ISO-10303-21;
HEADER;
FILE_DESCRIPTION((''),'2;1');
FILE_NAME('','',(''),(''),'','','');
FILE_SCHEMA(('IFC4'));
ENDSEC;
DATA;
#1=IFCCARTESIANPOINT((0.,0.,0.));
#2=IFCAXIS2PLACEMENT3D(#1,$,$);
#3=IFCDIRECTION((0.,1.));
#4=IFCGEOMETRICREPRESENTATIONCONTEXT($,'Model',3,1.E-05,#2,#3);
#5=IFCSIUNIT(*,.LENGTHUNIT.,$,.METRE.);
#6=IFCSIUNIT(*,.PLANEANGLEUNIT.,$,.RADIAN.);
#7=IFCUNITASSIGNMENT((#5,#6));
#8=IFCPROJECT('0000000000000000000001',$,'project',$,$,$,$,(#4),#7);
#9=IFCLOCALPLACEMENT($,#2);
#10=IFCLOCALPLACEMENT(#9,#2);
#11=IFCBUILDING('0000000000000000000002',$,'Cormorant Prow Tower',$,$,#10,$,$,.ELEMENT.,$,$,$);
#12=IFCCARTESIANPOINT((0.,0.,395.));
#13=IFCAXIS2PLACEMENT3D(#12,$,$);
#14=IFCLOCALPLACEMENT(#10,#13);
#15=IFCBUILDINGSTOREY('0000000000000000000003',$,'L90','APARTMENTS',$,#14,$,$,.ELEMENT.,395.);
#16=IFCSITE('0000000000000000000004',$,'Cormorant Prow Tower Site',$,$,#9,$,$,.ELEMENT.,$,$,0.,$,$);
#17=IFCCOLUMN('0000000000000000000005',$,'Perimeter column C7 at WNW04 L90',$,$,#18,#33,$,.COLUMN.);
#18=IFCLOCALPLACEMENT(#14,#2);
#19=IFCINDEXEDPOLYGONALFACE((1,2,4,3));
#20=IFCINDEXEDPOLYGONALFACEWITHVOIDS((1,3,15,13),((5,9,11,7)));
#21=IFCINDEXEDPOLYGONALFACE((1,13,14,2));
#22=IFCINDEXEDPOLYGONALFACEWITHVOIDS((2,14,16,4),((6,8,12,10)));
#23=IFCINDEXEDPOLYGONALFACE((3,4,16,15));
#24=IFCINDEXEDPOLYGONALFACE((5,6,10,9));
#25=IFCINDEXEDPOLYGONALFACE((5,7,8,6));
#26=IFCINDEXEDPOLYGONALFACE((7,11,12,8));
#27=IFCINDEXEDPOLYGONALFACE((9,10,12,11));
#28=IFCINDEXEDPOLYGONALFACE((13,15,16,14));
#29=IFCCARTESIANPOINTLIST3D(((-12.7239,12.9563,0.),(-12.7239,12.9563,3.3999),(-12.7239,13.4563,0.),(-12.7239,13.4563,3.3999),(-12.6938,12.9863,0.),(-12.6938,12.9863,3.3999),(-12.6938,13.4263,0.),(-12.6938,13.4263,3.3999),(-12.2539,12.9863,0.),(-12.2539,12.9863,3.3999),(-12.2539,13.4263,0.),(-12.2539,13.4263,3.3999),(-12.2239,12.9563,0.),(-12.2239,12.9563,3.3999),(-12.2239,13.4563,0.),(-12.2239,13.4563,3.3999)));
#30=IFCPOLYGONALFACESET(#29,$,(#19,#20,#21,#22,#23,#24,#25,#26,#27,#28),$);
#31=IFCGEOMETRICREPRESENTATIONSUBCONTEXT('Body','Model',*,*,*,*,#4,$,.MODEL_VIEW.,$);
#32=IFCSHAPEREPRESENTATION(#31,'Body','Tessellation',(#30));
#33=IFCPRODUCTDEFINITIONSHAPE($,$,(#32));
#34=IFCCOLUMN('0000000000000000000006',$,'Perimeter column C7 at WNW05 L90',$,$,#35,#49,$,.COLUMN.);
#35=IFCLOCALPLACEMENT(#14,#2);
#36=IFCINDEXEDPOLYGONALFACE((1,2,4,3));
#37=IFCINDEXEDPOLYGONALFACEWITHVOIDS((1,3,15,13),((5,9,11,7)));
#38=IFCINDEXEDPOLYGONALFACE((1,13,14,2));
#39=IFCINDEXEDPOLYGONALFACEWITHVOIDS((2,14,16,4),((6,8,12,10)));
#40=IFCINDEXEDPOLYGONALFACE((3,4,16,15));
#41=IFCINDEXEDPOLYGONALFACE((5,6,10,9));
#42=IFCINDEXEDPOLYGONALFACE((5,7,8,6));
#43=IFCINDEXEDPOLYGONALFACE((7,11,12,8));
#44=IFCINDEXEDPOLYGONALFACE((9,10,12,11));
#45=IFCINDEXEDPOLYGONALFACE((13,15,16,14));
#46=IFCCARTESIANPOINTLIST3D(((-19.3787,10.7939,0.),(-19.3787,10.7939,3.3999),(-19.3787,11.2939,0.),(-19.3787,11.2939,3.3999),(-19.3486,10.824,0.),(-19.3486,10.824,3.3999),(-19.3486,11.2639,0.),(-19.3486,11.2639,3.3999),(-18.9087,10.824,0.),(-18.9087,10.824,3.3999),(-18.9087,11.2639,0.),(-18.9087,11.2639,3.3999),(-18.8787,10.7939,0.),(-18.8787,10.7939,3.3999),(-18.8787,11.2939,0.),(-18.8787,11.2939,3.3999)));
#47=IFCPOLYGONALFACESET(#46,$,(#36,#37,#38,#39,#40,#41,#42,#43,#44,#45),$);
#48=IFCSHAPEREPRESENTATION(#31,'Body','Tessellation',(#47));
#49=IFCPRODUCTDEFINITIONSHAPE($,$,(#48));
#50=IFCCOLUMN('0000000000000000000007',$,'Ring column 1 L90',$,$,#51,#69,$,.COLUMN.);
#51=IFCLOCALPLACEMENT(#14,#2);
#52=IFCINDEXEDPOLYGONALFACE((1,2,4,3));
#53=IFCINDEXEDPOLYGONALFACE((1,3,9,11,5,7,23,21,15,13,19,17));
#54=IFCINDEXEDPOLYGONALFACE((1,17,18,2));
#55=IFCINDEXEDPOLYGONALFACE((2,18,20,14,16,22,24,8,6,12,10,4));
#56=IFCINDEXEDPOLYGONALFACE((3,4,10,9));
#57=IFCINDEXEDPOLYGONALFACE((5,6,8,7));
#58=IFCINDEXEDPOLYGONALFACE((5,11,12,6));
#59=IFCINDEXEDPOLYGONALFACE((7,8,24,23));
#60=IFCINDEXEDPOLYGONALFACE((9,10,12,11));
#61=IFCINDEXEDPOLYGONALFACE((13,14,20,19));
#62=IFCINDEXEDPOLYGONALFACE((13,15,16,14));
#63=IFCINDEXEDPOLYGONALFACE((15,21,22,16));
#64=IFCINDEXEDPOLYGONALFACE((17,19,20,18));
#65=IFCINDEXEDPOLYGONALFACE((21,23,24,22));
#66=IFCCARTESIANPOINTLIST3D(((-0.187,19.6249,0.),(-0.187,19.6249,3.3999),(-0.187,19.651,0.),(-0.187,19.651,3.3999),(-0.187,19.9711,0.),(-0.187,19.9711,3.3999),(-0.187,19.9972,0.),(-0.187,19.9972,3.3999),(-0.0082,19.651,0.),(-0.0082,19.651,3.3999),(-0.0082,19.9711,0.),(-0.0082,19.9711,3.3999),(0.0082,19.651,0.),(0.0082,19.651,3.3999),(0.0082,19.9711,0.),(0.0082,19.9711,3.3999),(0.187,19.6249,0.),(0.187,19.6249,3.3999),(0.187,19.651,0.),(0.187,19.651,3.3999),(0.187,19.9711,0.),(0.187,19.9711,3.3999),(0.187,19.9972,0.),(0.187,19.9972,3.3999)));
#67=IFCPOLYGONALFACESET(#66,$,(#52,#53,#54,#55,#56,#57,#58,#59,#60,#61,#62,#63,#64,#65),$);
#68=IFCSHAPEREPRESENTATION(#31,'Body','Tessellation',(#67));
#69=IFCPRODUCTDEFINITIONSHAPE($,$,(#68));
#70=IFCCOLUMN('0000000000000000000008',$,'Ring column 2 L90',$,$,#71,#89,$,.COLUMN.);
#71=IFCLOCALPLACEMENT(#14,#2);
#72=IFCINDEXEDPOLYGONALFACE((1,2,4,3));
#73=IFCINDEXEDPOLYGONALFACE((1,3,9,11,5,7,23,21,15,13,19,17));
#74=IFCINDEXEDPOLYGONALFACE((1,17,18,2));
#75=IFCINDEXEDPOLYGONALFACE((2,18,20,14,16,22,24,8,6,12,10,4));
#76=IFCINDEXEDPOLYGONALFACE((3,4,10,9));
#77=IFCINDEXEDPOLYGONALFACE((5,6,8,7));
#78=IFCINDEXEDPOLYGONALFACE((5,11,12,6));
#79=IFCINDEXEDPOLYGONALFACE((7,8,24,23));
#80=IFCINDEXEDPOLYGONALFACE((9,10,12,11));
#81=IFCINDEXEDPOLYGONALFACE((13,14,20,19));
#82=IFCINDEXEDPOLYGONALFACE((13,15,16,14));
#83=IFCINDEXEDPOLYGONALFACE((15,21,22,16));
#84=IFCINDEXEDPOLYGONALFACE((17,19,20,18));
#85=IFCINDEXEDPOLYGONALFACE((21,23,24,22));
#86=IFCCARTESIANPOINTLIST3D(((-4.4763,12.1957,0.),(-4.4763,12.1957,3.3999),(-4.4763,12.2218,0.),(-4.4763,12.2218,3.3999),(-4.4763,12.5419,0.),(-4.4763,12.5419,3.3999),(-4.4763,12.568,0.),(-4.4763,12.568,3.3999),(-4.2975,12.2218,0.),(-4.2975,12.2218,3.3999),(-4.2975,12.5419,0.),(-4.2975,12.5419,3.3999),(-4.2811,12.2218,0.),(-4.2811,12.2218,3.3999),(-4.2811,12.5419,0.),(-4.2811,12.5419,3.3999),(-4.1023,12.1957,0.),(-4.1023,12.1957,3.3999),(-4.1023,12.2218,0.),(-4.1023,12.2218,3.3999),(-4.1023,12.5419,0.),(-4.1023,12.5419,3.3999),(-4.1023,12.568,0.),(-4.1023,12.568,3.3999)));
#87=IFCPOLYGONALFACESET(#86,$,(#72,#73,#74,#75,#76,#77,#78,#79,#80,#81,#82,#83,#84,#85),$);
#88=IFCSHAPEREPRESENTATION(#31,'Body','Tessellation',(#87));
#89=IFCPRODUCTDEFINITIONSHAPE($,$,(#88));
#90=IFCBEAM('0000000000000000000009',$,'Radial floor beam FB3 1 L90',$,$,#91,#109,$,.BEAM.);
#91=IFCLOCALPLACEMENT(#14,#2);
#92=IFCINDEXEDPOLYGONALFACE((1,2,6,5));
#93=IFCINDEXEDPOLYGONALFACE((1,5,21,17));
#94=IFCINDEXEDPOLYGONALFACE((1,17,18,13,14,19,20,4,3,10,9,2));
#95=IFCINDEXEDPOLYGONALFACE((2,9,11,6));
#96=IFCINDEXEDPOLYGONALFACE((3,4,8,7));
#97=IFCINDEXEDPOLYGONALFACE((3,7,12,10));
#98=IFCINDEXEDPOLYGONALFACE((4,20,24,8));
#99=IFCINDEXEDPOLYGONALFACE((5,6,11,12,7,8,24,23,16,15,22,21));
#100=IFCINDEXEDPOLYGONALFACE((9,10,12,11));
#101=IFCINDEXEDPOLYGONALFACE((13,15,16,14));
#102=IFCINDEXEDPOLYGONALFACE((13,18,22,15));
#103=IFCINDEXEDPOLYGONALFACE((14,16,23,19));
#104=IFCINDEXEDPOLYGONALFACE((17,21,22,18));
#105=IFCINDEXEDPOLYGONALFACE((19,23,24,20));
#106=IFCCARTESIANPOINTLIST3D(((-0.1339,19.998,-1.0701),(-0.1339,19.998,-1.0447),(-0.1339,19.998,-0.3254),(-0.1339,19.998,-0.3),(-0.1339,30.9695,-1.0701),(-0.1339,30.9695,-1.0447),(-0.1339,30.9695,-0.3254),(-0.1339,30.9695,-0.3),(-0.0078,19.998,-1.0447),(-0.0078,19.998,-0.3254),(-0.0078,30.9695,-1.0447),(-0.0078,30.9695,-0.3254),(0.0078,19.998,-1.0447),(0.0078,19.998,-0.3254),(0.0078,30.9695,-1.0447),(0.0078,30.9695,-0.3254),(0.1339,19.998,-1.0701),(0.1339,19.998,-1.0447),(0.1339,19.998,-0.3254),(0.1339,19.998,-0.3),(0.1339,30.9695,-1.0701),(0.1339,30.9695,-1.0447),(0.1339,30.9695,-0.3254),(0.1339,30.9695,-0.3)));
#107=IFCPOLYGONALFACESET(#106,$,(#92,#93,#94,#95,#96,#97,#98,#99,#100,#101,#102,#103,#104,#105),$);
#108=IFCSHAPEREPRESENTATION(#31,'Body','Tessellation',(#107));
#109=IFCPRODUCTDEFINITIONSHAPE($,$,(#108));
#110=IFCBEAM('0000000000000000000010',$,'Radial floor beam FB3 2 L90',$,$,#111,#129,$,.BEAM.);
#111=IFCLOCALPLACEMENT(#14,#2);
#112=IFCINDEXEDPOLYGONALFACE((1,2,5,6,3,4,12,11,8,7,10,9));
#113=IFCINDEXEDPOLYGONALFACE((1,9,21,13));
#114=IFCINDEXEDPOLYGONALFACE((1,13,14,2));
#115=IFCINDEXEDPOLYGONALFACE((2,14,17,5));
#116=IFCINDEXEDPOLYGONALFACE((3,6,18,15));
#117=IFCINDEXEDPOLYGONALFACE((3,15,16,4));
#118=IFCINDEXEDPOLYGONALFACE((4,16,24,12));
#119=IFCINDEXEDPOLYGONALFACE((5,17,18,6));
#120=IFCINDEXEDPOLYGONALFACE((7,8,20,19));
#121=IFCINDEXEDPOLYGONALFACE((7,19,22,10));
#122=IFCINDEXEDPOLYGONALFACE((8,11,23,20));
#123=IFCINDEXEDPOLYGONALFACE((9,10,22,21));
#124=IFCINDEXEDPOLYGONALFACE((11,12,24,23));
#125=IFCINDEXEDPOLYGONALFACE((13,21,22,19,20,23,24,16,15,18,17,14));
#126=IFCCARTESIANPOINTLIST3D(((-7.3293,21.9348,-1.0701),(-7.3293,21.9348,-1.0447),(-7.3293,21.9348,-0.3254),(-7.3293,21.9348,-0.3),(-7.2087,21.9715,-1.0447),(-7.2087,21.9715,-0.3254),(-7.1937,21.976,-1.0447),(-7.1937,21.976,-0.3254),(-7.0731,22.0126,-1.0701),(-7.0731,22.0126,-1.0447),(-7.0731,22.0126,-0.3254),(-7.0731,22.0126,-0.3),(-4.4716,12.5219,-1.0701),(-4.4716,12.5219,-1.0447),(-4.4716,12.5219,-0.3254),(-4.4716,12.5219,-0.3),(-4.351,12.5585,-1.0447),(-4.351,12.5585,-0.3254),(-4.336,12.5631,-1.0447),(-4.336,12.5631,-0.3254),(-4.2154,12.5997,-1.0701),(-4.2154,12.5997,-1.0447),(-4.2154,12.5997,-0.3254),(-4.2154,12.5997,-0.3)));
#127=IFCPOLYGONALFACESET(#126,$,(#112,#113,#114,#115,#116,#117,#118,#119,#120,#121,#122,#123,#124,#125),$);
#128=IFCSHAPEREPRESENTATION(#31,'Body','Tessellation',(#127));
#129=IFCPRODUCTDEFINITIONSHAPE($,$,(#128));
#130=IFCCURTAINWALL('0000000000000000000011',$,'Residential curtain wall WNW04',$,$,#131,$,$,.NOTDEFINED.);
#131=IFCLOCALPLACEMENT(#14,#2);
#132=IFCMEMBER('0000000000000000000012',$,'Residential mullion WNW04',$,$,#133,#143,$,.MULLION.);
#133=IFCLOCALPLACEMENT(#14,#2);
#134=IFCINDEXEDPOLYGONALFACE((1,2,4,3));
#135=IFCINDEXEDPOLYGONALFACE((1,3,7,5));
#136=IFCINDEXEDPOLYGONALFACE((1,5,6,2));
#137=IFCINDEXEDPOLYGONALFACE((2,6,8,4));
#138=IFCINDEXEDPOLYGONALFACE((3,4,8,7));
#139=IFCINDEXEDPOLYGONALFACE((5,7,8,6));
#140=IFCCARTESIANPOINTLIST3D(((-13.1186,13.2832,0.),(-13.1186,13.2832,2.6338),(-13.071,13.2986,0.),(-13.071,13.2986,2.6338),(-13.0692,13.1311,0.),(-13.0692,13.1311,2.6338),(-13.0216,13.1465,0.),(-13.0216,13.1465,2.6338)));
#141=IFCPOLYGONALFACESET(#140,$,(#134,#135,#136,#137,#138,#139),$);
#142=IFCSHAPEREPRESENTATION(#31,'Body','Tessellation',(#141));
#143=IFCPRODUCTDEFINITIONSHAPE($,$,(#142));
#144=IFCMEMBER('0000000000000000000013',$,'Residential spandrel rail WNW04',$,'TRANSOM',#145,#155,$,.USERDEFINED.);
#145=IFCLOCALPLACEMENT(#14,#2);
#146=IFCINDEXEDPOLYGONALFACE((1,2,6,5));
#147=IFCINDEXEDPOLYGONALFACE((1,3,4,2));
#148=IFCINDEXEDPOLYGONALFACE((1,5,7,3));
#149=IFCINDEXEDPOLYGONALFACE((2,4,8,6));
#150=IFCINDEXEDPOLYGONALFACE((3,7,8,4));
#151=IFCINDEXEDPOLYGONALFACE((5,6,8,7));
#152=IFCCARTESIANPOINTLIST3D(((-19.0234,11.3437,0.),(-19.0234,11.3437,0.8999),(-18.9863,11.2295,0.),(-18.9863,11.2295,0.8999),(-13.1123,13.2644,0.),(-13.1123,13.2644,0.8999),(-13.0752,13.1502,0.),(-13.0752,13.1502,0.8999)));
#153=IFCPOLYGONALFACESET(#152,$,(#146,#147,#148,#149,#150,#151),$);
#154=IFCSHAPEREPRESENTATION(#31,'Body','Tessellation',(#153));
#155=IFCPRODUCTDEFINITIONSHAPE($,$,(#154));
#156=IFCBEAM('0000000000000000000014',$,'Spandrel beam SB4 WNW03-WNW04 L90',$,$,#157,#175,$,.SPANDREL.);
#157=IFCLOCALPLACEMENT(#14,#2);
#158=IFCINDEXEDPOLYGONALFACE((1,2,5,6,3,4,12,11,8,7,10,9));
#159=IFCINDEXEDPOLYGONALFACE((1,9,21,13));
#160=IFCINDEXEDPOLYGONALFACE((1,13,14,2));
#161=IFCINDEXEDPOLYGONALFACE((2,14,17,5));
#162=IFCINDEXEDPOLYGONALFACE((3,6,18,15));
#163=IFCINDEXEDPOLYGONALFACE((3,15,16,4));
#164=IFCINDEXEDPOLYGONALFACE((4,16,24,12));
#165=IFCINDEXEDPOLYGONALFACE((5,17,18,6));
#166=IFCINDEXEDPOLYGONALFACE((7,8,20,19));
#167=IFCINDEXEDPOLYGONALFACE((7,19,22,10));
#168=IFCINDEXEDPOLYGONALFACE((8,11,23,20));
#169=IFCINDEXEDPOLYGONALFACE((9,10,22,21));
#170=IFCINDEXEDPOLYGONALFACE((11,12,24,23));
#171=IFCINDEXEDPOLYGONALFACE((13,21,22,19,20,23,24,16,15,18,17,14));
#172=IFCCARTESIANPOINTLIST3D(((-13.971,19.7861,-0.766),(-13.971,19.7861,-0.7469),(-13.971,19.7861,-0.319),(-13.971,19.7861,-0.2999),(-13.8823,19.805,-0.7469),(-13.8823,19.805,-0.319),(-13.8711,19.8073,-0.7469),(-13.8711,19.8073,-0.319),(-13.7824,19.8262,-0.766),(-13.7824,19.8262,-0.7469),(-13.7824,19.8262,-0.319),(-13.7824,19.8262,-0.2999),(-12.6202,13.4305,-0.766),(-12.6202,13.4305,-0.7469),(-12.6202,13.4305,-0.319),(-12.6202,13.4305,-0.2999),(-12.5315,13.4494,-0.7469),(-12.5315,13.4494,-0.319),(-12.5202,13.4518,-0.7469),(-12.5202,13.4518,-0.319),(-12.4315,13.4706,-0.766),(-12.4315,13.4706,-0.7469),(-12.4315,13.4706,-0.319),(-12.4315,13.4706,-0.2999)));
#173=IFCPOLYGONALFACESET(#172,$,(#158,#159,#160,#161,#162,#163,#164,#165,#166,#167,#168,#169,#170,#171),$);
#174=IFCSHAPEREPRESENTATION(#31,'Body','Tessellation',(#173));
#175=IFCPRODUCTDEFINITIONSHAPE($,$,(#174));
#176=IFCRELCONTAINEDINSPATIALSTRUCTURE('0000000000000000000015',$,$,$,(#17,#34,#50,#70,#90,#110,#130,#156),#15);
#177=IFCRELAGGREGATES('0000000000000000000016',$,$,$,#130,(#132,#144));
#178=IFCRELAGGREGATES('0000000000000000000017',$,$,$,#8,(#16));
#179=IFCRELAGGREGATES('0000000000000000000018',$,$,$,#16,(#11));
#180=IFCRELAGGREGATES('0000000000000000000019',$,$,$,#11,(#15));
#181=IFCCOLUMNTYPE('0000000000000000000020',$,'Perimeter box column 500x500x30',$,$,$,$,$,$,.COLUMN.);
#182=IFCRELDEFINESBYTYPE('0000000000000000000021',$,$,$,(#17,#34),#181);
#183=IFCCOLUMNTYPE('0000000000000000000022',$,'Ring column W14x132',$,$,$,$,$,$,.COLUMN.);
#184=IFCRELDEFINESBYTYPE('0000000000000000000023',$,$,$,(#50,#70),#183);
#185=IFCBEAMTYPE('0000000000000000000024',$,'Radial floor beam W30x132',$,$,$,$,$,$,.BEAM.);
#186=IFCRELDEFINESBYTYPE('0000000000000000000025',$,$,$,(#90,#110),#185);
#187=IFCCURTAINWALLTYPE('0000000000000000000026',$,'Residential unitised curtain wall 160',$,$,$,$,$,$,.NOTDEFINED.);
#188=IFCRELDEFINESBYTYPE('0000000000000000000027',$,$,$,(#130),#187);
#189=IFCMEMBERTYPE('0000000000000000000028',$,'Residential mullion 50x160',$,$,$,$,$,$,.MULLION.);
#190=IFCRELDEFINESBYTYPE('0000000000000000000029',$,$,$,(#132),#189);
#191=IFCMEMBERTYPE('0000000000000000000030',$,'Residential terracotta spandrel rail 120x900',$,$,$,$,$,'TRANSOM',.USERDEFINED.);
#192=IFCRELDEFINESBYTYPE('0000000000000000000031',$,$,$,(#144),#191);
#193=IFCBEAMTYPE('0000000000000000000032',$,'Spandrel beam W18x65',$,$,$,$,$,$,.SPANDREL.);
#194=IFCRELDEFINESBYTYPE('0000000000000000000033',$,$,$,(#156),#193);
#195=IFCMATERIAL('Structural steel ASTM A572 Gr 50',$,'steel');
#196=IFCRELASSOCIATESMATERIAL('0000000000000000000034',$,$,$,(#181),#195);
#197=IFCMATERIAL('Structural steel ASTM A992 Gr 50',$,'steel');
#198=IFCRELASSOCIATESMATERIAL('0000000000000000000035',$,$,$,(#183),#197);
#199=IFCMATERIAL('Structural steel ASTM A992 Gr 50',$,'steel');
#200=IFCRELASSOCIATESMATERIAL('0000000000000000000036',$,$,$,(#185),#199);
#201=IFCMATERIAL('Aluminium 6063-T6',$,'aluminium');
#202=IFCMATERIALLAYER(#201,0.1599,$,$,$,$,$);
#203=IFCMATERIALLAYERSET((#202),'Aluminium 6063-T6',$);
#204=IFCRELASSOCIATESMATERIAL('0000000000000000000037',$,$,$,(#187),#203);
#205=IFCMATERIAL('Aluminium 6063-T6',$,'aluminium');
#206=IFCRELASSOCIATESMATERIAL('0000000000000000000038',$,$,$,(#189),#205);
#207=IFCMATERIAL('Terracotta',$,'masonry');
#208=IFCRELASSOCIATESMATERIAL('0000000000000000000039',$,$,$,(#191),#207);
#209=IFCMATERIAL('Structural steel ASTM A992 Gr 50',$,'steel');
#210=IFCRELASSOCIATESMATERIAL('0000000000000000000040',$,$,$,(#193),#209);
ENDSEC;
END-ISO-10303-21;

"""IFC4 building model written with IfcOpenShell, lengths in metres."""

from ifc_helpers import new_model, si_unit, direction, frame, origin, origin_2d, place, context, subcontext, project, spatial, rectangle, hollow_rectangle, i_section, extrude, material, layer, layer_set, material_profile, profile_set, type_object, element, aggregate, save


model = new_model("IFC4")

# Units and contexts
model_context = context("Model", 3, precision=1e-05, world=origin(), true_north=direction((0.0, 1.0)))
body_context = subcontext(model_context, "Body", "Model", "MODEL_VIEW")
ifc_project = project(units=[si_unit("LENGTHUNIT", "METRE"), si_unit("PLANEANGLEUNIT", "RADIAN")], contexts=[model_context])

# Site, building, storey
site_placement = place(None, origin())
site = spatial("IfcSite", under=ifc_project, at=site_placement, Name="Cormorant Prow Tower Site", CompositionType="ELEMENT", RefElevation=0.0)
building_placement = place(site_placement, origin())
building = spatial("IfcBuilding", under=site, at=building_placement, Name="Cormorant Prow Tower", CompositionType="ELEMENT")
storey_placement = place(building_placement, frame((0.0, 0.0, 395.0)))
storey = spatial("IfcBuildingStorey", under=building, at=storey_placement, Name="L90", Description="APARTMENTS", CompositionType="ELEMENT", Elevation=395.0)

# Columns
ifc_material_1 = material(Name="Structural steel ASTM A572 Gr 50", Category="steel")
ifc_material_profile_1 = material_profile(ifc_material_1, hollow_rectangle(XDim=0.5, YDim=0.5, WallThickness=0.03, at=origin_2d()), Name="Box 500x500x30")
ifc_profile_set_1 = profile_set([ifc_material_profile_1], Name="Structural steel ASTM A572 Gr 50")
column_type_1 = type_object("IfcColumnType", Name="Perimeter box column 500x500x30", PredefinedType="COLUMN", material=ifc_profile_set_1)
for number, where, z_axis, x_axis, name in (
    (1, (-12.4739, 13.2063, 0.0), (0.0, 0.0, 1.0), (1.0, 0.0, 0.0), "Perimeter column C7 at WNW04 L90"),
    (2, (-19.1287, 11.0439, 0.0), (0.0, 0.0, 1.0), (1.0, 0.0, 0.0), "Perimeter column C7 at WNW05 L90"),
):
    element("IfcColumn", number, at=place(storey_placement, frame(where, z_axis=z_axis, x_axis=x_axis)), inside=storey, type_object=column_type_1, Name=name, PredefinedType="COLUMN", context=body_context, shape_type="SweptSolid", body=[
        extrude(hollow_rectangle(XDim=0.5, YDim=0.5, WallThickness=0.03, at=origin_2d()), origin(), (0.0, 0.0, 1.0), 3.3999),
    ])
ifc_material_2 = material(Name="Structural steel ASTM A992 Gr 50", Category="steel")
ifc_material_profile_2 = material_profile(ifc_material_2, i_section(OverallWidth=0.374, OverallDepth=0.3723, WebThickness=0.0164, FlangeThickness=0.0261, at=origin_2d()), Name="W14x132")
ifc_profile_set_2 = profile_set([ifc_material_profile_2], Name="Structural steel ASTM A992 Gr 50")
column_type_2 = type_object("IfcColumnType", Name="Ring column W14x132", PredefinedType="COLUMN", material=ifc_profile_set_2)
for number, where, z_axis, x_axis, name in (
    (3, (0.0, 19.811, 0.0), (0.0, 0.0, 1.0), (1.0, 0.0, 0.0), "Ring column 1 L90"),
    (4, (-4.2893, 12.3818, 0.0), (0.0, 0.0, 1.0), (1.0, 0.0, 0.0), "Ring column 2 L90"),
):
    element("IfcColumn", number, at=place(storey_placement, frame(where, z_axis=z_axis, x_axis=x_axis)), inside=storey, type_object=column_type_2, Name=name, PredefinedType="COLUMN", context=body_context, shape_type="SweptSolid", body=[
        extrude(i_section(OverallWidth=0.374, OverallDepth=0.3723, WebThickness=0.0164, FlangeThickness=0.0261, at=origin_2d()), origin(), (0.0, 0.0, 1.0), 3.3999),
    ])

# Beams
ifc_material_3 = material(Name="Structural steel ASTM A992 Gr 50", Category="steel")
ifc_material_profile_3 = material_profile(ifc_material_3, i_section(OverallWidth=0.2678, OverallDepth=0.77, WebThickness=0.0156, FlangeThickness=0.0254, at=origin_2d()), Name="W30x132")
ifc_profile_set_3 = profile_set([ifc_material_profile_3], Name="Structural steel ASTM A992 Gr 50")
beam_type_1 = type_object("IfcBeamType", Name="Radial floor beam W30x132", PredefinedType="BEAM", material=ifc_profile_set_3)
beam_1_placement = place(storey_placement, frame((0.0, 19.998, -0.6851), z_axis=(0.0, 1.0, 0.0), x_axis=(-1.0, 0.0, 0.0)))
element("IfcBeam", 5, at=beam_1_placement, inside=storey, type_object=beam_type_1, Name="Radial floor beam FB3 1 L90", PredefinedType="BEAM", context=body_context, shape_type="SweptSolid", body=[
    extrude(i_section(OverallWidth=0.2678, OverallDepth=0.77, WebThickness=0.0156, FlangeThickness=0.0254, at=origin_2d()), origin(), (0.0, 0.0, 1.0), 10.9714),
])
beam_2_placement = place(storey_placement, frame((-4.3435, 12.5608, -0.6851), z_axis=(-0.2905, 0.956875, 0.0), x_axis=(-0.956875, -0.2905, 0.0)))
element("IfcBeam", 6, at=beam_2_placement, inside=storey, type_object=beam_type_1, Name="Radial floor beam FB3 2 L90", PredefinedType="BEAM", context=body_context, shape_type="SweptSolid", body=[
    extrude(i_section(OverallWidth=0.2678, OverallDepth=0.77, WebThickness=0.0156, FlangeThickness=0.0254, at=origin_2d()), origin(), (0.0, 0.0, 1.0), 9.8372),
])

# Curtain wall, members
ifc_material_4 = material(Name="Aluminium 6063-T6", Category="aluminium")
ifc_layer_1 = layer(ifc_material_4, 0.1599)
ifc_layer_set_1 = layer_set([ifc_layer_1], Name="Aluminium 6063-T6")
curtain_wall_type = type_object("IfcCurtainWallType", Name="Residential unitised curtain wall 160", PredefinedType="NOTDEFINED", material=ifc_layer_set_1)
curtain_wall_placement = place(storey_placement, origin())
curtain_wall = element("IfcCurtainWall", 7, at=curtain_wall_placement, inside=storey, type_object=curtain_wall_type, Name="Residential curtain wall WNW04", PredefinedType="NOTDEFINED")
ifc_material_5 = material(Name="Aluminium 6063-T6", Category="aluminium")
ifc_material_profile_4 = material_profile(ifc_material_5, rectangle(XDim=0.1599, YDim=0.05, at=origin_2d()), Name="Residential mullion 50x160")
ifc_profile_set_4 = profile_set([ifc_material_profile_4], Name="Aluminium 6063-T6")
member_type_1 = type_object("IfcMemberType", Name="Residential mullion 50x160", PredefinedType="MULLION", material=ifc_profile_set_4)
member_1_placement = place(storey_placement, frame((-13.0701, 13.2148, 0.0), z_axis=(0.0, 0.0, 1.0), x_axis=(0.309017, -0.951056, 0.0)))
member_1 = element("IfcMember", 8, at=member_1_placement, type_object=member_type_1, Name="Residential mullion WNW04", PredefinedType="MULLION", context=body_context, shape_type="SweptSolid", body=[
    extrude(rectangle(XDim=0.1599, YDim=0.05, at=origin_2d()), origin(), (0.0, 0.0, 1.0), 2.6338),
])
ifc_material_6 = material(Name="Terracotta", Category="masonry")
ifc_material_profile_5 = material_profile(ifc_material_6, rectangle(XDim=0.1201, YDim=0.8999, at=origin_2d()), Name="Residential terracotta spandrel rail 120x900")
ifc_profile_set_5 = profile_set([ifc_material_profile_5], Name="Terracotta")
member_type_2 = type_object("IfcMemberType", Name="Residential terracotta spandrel rail 120x900", ElementType="TRANSOM", PredefinedType="USERDEFINED", material=ifc_profile_set_5)
member_2_placement = place(storey_placement, frame((-13.0938, 13.2073, 0.45), z_axis=(-0.951056, -0.309019, 0.0), x_axis=(0.309019, -0.951056, 0.0)))
member_2 = element("IfcMember", 9, at=member_2_placement, type_object=member_type_2, Name="Residential spandrel rail WNW04", ObjectType="TRANSOM", PredefinedType="USERDEFINED", context=body_context, shape_type="SweptSolid", body=[
    extrude(rectangle(XDim=0.1201, YDim=0.8999, at=origin_2d()), origin(), (0.0, 0.0, 1.0), 6.2153),
])

# Beam
ifc_material_7 = material(Name="Structural steel ASTM A992 Gr 50", Category="steel")
ifc_material_profile_6 = material_profile(ifc_material_7, i_section(OverallWidth=0.1929, OverallDepth=0.4661, WebThickness=0.0115, FlangeThickness=0.019, at=origin_2d()), Name="W18x65")
ifc_profile_set_6 = profile_set([ifc_material_profile_6], Name="Structural steel ASTM A992 Gr 50")
beam_type_2 = type_object("IfcBeamType", Name="Spandrel beam W18x65", PredefinedType="SPANDREL", material=ifc_profile_set_6)
beam_3_placement = place(storey_placement, frame((-13.8767, 19.8062, -0.533), z_axis=(0.207902, -0.97815, 0.0), x_axis=(0.97815, 0.207902, 0.0)))
element("IfcBeam", 10, at=beam_3_placement, inside=storey, type_object=beam_type_2, Name="Spandrel beam SB4 WNW03-WNW04 L90", PredefinedType="SPANDREL", context=body_context, shape_type="SweptSolid", body=[
    extrude(i_section(OverallWidth=0.1929, OverallDepth=0.4661, WebThickness=0.0115, FlangeThickness=0.019, at=origin_2d()), origin(), (0.0, 0.0, 1.0), 6.4976),
])

aggregate(curtain_wall, [member_1, member_2])

save(model, "model.ifc")
